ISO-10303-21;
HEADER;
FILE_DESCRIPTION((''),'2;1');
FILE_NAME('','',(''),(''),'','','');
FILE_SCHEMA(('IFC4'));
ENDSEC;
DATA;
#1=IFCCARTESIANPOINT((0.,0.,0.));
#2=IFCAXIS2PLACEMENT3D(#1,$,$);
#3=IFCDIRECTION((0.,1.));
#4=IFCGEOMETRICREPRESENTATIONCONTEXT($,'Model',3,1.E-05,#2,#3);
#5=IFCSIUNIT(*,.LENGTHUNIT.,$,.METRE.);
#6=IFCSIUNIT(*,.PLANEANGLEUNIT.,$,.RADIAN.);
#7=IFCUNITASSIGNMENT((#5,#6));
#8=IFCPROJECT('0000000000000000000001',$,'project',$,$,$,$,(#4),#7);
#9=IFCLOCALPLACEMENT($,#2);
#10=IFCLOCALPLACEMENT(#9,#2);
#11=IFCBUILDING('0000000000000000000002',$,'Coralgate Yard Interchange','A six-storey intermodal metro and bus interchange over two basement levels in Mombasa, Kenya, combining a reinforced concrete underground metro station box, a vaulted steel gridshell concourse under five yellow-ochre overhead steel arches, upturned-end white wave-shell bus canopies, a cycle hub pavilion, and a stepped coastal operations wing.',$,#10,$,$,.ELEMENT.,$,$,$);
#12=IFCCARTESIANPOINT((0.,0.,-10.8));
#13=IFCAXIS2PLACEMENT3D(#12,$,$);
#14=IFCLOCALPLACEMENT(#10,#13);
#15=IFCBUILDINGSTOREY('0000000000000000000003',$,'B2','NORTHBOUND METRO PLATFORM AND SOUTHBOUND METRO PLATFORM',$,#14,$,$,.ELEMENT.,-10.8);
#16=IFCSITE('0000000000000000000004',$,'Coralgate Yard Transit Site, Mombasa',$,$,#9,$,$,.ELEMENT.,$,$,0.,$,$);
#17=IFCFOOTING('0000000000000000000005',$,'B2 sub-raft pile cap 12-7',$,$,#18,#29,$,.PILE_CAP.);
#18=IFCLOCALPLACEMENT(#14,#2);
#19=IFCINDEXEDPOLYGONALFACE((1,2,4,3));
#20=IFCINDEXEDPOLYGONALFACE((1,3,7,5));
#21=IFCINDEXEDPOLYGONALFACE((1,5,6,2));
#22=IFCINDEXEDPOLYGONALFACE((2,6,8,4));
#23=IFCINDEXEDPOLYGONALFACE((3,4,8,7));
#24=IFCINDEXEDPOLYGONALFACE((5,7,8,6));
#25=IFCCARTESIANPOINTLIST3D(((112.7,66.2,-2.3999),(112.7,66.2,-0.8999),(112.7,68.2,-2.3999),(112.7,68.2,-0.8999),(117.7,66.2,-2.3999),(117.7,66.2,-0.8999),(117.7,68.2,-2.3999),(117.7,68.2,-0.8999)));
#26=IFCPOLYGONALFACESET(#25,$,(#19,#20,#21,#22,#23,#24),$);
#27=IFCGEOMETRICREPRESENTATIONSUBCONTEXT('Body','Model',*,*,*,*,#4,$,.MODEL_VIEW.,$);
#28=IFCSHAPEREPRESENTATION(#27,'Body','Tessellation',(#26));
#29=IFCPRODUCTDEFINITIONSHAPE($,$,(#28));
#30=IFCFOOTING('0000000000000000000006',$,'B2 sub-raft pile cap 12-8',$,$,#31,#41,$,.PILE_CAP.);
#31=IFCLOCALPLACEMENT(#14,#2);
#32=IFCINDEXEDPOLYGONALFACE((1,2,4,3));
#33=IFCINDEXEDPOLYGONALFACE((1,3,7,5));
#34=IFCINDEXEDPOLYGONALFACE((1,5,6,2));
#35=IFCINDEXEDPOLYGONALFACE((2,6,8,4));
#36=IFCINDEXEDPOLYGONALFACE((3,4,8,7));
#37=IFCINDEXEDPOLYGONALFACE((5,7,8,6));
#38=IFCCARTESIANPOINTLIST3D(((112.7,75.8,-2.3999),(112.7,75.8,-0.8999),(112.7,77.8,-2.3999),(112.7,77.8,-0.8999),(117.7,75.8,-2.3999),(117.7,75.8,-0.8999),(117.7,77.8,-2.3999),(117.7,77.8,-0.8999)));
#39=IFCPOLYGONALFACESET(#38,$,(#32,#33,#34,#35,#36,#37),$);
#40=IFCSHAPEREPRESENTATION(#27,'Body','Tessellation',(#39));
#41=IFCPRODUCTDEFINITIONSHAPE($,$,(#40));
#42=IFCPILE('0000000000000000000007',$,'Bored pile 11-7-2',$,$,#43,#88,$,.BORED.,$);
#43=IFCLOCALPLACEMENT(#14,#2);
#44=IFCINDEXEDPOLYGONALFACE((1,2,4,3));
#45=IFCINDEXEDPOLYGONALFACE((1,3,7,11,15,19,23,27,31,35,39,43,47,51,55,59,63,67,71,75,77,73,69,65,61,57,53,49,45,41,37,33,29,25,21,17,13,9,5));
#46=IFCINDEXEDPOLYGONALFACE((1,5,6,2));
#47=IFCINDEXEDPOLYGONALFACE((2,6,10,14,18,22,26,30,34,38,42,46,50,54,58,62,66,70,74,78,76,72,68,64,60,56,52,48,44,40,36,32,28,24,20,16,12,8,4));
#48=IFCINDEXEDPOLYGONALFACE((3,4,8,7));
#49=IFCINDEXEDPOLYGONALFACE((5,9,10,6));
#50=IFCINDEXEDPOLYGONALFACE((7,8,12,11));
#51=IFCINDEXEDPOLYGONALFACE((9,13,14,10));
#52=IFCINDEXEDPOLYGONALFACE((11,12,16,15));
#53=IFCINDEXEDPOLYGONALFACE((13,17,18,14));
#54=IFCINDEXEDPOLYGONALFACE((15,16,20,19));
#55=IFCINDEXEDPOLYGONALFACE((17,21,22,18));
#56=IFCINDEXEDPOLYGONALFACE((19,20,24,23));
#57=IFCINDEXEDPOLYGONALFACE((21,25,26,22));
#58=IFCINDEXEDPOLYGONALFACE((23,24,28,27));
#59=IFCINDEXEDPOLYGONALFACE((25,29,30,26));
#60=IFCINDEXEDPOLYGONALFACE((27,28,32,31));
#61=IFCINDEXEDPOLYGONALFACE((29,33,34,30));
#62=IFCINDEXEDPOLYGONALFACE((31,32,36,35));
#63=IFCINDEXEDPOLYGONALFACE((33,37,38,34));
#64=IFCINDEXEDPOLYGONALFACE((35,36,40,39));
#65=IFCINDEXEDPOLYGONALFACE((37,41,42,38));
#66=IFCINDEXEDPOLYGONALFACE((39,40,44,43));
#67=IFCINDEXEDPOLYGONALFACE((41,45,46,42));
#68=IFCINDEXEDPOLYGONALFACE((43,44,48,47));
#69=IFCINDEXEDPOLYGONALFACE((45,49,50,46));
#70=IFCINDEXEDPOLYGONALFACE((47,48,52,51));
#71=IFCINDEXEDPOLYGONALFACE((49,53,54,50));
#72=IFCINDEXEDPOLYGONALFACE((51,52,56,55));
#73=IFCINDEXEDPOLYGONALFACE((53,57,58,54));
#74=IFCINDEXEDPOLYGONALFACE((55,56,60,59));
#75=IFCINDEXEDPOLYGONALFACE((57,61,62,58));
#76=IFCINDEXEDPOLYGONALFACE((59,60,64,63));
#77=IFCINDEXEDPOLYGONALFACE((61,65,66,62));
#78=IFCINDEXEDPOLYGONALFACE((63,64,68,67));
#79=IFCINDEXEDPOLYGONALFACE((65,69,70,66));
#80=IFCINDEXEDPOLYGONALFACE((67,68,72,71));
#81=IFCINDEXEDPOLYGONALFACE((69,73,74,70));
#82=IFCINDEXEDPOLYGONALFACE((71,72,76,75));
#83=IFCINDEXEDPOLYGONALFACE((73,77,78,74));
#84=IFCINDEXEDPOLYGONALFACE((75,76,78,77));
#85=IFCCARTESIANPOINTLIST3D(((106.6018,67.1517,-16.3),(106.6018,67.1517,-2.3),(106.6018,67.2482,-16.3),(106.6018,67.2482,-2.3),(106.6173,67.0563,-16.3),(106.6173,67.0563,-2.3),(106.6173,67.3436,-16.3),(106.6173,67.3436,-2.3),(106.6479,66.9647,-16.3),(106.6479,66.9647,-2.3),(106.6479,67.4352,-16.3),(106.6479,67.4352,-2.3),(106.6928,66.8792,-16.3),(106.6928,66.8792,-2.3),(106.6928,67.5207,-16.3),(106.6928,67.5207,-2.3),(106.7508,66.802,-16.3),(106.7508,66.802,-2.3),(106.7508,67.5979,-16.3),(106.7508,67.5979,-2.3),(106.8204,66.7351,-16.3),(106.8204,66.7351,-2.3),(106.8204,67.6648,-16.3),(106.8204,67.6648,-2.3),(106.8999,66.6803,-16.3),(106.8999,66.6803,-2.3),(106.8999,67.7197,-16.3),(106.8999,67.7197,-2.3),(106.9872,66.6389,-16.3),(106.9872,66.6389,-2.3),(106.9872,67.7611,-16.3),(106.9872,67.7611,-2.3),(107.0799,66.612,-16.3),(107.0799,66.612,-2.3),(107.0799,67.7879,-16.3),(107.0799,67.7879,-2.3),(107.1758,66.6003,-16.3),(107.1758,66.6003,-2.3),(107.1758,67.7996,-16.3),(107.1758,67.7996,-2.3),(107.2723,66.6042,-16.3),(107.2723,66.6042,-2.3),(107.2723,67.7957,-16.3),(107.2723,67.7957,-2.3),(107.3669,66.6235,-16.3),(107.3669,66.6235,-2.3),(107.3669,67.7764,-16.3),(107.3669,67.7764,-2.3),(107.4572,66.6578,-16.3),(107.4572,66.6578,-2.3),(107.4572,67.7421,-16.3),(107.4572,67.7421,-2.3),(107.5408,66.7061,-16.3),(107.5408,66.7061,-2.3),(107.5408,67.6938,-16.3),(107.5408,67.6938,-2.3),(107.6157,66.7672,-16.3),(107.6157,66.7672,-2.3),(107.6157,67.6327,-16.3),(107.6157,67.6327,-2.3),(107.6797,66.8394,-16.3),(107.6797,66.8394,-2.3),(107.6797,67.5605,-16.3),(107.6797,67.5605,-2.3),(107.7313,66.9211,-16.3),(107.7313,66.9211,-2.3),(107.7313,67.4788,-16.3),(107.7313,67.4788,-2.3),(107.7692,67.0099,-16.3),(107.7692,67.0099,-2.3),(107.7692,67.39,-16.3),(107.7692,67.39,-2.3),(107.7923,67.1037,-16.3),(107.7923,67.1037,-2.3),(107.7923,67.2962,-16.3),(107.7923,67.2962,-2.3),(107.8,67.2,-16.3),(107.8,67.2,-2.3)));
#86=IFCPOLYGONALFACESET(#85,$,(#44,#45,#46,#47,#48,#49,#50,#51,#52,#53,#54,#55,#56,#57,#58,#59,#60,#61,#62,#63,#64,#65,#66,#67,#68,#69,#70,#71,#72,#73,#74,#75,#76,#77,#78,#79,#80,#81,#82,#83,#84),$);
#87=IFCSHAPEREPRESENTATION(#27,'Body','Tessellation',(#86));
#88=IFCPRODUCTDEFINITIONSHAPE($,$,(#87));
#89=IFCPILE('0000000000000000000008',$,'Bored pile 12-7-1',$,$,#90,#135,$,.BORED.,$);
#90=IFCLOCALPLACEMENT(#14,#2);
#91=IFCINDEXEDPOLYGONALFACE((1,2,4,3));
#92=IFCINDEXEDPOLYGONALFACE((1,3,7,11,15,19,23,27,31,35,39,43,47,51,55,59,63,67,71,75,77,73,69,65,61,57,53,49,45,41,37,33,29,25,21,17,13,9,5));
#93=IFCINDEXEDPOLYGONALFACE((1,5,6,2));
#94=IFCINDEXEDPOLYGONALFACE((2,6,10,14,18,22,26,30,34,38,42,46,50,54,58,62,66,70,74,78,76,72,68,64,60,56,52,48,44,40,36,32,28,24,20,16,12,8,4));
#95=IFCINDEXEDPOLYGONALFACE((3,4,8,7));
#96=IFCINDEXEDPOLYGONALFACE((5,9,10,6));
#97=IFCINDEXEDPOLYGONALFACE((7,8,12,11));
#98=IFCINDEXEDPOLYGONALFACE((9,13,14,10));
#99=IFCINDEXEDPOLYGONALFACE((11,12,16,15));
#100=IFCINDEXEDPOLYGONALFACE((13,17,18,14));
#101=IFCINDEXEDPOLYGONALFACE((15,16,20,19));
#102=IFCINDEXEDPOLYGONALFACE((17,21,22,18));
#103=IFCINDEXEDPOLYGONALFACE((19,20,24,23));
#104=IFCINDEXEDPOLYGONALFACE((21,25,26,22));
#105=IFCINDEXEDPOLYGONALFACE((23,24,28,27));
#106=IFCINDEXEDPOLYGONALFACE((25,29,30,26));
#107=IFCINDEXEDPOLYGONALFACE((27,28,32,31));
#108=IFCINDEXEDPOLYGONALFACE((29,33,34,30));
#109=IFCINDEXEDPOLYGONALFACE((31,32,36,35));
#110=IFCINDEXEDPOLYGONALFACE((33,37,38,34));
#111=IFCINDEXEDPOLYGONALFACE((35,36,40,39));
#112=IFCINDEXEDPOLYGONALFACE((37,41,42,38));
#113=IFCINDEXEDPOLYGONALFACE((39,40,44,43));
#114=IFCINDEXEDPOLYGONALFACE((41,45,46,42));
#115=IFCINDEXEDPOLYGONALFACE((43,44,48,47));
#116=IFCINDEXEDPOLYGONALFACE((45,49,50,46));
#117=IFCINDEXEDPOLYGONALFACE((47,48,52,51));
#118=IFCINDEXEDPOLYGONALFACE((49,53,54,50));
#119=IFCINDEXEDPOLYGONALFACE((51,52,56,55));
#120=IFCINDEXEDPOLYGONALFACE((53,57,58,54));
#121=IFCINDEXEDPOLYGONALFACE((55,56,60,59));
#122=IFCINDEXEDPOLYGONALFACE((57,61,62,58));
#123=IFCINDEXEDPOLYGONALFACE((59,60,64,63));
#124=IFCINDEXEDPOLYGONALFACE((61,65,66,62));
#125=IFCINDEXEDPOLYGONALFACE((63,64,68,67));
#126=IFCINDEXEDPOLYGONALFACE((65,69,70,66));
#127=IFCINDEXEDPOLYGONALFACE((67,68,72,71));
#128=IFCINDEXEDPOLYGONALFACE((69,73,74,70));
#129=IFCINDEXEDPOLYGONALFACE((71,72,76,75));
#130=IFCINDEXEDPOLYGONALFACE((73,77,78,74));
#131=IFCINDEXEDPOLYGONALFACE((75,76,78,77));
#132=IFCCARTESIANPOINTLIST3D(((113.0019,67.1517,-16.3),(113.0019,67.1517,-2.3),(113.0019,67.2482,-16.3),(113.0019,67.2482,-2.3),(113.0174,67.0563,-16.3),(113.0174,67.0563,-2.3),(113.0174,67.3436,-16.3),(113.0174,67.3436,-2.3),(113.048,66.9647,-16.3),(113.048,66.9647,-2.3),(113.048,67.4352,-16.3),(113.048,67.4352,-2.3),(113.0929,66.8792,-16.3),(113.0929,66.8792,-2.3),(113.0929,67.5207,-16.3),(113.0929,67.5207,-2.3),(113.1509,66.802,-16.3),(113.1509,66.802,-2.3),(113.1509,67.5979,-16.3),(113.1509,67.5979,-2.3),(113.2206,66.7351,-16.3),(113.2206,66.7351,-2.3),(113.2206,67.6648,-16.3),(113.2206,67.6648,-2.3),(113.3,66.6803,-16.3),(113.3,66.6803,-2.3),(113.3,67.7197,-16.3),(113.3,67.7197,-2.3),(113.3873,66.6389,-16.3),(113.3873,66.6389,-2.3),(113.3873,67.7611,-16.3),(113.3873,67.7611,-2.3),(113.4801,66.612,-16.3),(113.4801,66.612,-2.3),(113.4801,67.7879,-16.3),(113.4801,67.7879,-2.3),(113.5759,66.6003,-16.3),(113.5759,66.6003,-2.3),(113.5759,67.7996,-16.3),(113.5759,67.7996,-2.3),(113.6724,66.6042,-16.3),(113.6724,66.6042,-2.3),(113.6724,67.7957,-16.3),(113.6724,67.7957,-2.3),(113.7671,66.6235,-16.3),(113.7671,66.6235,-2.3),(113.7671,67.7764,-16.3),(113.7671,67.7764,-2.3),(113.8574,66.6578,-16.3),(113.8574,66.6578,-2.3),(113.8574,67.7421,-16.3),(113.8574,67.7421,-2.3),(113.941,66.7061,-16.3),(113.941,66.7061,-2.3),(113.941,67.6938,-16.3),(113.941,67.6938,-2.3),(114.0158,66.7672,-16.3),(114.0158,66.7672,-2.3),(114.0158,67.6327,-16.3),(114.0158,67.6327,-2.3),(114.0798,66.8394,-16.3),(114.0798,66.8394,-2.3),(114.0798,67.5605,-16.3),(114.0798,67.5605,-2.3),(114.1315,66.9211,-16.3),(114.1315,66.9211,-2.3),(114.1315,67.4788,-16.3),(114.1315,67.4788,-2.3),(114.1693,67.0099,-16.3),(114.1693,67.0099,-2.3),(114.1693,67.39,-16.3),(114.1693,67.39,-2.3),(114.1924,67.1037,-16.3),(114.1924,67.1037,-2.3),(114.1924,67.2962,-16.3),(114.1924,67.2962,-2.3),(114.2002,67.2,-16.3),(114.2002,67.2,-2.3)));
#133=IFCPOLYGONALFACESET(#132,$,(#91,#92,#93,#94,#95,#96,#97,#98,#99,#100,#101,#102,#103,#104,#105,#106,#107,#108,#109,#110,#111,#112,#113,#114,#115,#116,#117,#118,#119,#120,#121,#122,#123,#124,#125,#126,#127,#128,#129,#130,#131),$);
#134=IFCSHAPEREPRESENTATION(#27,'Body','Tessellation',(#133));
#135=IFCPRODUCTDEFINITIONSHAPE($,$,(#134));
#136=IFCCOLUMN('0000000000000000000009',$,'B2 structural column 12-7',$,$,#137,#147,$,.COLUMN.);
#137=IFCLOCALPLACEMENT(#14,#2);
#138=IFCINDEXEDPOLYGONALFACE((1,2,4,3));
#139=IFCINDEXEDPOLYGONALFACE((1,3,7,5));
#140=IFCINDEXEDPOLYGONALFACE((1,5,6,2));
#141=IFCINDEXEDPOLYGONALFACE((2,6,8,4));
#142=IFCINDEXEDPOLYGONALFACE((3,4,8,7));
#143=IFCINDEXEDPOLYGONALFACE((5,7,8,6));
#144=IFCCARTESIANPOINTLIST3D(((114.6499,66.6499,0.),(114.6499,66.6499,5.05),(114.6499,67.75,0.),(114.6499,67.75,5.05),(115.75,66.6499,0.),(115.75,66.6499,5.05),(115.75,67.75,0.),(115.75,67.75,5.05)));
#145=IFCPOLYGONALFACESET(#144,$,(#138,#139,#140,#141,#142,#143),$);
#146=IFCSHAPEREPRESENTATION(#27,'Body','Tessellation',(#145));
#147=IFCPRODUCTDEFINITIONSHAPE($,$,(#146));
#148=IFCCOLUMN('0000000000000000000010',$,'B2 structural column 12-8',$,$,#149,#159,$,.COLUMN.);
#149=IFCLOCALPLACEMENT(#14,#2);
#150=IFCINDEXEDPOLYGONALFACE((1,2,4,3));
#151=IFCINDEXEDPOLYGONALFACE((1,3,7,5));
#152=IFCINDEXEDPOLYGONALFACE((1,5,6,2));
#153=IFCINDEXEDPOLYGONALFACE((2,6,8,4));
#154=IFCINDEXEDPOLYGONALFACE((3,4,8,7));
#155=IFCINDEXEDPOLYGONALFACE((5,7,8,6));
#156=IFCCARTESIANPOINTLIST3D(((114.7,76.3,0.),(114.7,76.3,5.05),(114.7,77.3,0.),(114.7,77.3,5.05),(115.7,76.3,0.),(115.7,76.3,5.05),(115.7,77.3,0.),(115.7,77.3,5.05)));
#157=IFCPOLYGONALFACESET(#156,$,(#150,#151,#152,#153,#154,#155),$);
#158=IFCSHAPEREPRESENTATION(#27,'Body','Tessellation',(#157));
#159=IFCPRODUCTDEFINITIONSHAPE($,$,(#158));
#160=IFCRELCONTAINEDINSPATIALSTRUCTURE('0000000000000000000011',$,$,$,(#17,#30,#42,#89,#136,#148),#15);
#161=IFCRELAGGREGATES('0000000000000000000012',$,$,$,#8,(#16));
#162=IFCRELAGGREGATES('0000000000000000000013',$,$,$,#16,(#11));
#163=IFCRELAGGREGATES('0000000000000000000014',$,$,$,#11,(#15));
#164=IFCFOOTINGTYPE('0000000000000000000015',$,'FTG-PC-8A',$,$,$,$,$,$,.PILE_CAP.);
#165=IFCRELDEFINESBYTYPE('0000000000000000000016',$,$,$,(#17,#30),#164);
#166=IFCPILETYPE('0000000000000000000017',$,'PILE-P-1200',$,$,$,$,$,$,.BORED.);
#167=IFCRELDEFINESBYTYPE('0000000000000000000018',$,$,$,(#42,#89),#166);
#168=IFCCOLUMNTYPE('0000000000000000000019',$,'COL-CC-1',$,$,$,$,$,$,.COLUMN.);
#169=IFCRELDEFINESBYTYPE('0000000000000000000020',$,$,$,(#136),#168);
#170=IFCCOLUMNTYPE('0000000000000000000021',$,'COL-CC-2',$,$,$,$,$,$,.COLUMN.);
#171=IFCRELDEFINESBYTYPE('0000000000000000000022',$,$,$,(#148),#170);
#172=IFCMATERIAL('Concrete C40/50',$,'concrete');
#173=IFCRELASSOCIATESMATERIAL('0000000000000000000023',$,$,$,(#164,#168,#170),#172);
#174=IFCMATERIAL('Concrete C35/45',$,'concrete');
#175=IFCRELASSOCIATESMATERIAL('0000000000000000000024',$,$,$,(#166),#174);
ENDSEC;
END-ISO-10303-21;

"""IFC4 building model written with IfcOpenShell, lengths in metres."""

from ifc_helpers import new_model, si_unit, direction, frame, origin, origin_2d, place, context, subcontext, project, spatial, rectangle, circle, extrude, material, material_profile, profile_set, type_object, element, save


model = new_model("IFC4")

# Units and contexts
model_context = context("Model", 3, precision=1e-05, world=origin(), true_north=direction((0.0, 1.0)))
body_context = subcontext(model_context, "Body", "Model", "MODEL_VIEW")
ifc_project = project(units=[si_unit("LENGTHUNIT", "METRE"), si_unit("PLANEANGLEUNIT", "RADIAN")], contexts=[model_context])

# Site, building, storey
site_placement = place(None, origin())
site = spatial("IfcSite", under=ifc_project, at=site_placement, Name="Coralgate Yard Transit Site, Mombasa", CompositionType="ELEMENT", RefElevation=0.0)
building_placement = place(site_placement, origin())
building = spatial("IfcBuilding", under=site, at=building_placement, Name="Coralgate Yard Interchange", Description="A six-storey intermodal metro and bus interchange over two basement levels in Mombasa, Kenya, combining a reinforced concrete underground metro station box, a vaulted steel gridshell concourse under five yellow-ochre overhead steel arches, upturned-end white wave-shell bus canopies, a cycle hub pavilion, and a stepped coastal operations wing.", CompositionType="ELEMENT")
storey_placement = place(building_placement, frame((0.0, 0.0, -10.8)))
storey = spatial("IfcBuildingStorey", under=building, at=storey_placement, Name="B2", Description="NORTHBOUND METRO PLATFORM AND SOUTHBOUND METRO PLATFORM", CompositionType="ELEMENT", Elevation=-10.8)

# Footings
ifc_material_1 = material(Name="Concrete C40/50", Category="concrete")
footing_type = type_object("IfcFootingType", Name="FTG-PC-8A", PredefinedType="PILE_CAP", material=ifc_material_1)
for number, where, z_axis, x_axis, name in (
    (1, (115.2, 67.2, -2.3999), (0.0, 0.0, 1.0), (1.0, 0.0, 0.0), "B2 sub-raft pile cap 12-7"),
    (2, (115.2, 76.8, -2.3999), (0.0, 0.0, 1.0), (1.0, 0.0, 0.0), "B2 sub-raft pile cap 12-8"),
):
    element("IfcFooting", number, at=place(storey_placement, frame(where, z_axis=z_axis, x_axis=x_axis)), inside=storey, type_object=footing_type, Name=name, PredefinedType="PILE_CAP", context=body_context, shape_type="SweptSolid", body=[
        extrude(rectangle(XDim=5.0, YDim=2.0, at=origin_2d()), origin(), (0.0, 0.0, 1.0), 1.5),
    ])

# Piles
ifc_material_2 = material(Name="Concrete C35/45", Category="concrete")
ifc_material_profile_1 = material_profile(ifc_material_2, circle(Radius=0.6001, at=origin_2d()), Name="BORED PILE D1200")
ifc_profile_set_1 = profile_set([ifc_material_profile_1], Name="Concrete C35/45")
pile_type = type_object("IfcPileType", Name="PILE-P-1200", PredefinedType="BORED", material=ifc_profile_set_1)
for number, where, z_axis, x_axis, name in (
    (3, (107.2, 67.2, -2.3), (0.0, 0.0, -1.0), (1.0, 0.0, 0.0), "Bored pile 11-7-2"),
    (4, (113.6001, 67.2, -2.3), (0.0, 0.0, -1.0), (1.0, 0.0, 0.0), "Bored pile 12-7-1"),
):
    element("IfcPile", number, at=place(storey_placement, frame(where, z_axis=z_axis, x_axis=x_axis)), inside=storey, type_object=pile_type, Name=name, PredefinedType="BORED", context=body_context, shape_type="SweptSolid", body=[
        extrude(circle(Radius=0.6001, at=origin_2d()), origin(), (0.0, 0.0, 1.0), 14.0),
    ])

# Columns
ifc_material_profile_2 = material_profile(ifc_material_1, rectangle(XDim=1.1001, YDim=1.1001, at=origin_2d()), Name="RC 1100x1100")
ifc_profile_set_2 = profile_set([ifc_material_profile_2], Name="Concrete C40/50")
column_type_1 = type_object("IfcColumnType", Name="COL-CC-1", PredefinedType="COLUMN", material=ifc_profile_set_2)
column_1_placement = place(storey_placement, frame((115.2, 67.2, 0.0), z_axis=(0.0, 0.0, 1.0), x_axis=(1.0, 0.0, 0.0)))
element("IfcColumn", 5, at=column_1_placement, inside=storey, type_object=column_type_1, Name="B2 structural column 12-7", PredefinedType="COLUMN", context=body_context, shape_type="SweptSolid", body=[
    extrude(rectangle(XDim=1.1001, YDim=1.1001, at=origin_2d()), origin(), (0.0, 0.0, 1.0), 5.05),
])
ifc_material_profile_3 = material_profile(ifc_material_1, rectangle(XDim=1.0, YDim=1.0, at=origin_2d()), Name="RC 1000x1000")
ifc_profile_set_3 = profile_set([ifc_material_profile_3], Name="Concrete C40/50")
column_type_2 = type_object("IfcColumnType", Name="COL-CC-2", PredefinedType="COLUMN", material=ifc_profile_set_3)
column_2_placement = place(storey_placement, frame((115.2, 76.8, 0.0), z_axis=(0.0, 0.0, 1.0), x_axis=(1.0, 0.0, 0.0)))
element("IfcColumn", 6, at=column_2_placement, inside=storey, type_object=column_type_2, Name="B2 structural column 12-8", PredefinedType="COLUMN", context=body_context, shape_type="SweptSolid", body=[
    extrude(rectangle(XDim=1.0, YDim=1.0, at=origin_2d()), origin(), (0.0, 0.0, 1.0), 5.05),
])

save(model, "model.ifc")
